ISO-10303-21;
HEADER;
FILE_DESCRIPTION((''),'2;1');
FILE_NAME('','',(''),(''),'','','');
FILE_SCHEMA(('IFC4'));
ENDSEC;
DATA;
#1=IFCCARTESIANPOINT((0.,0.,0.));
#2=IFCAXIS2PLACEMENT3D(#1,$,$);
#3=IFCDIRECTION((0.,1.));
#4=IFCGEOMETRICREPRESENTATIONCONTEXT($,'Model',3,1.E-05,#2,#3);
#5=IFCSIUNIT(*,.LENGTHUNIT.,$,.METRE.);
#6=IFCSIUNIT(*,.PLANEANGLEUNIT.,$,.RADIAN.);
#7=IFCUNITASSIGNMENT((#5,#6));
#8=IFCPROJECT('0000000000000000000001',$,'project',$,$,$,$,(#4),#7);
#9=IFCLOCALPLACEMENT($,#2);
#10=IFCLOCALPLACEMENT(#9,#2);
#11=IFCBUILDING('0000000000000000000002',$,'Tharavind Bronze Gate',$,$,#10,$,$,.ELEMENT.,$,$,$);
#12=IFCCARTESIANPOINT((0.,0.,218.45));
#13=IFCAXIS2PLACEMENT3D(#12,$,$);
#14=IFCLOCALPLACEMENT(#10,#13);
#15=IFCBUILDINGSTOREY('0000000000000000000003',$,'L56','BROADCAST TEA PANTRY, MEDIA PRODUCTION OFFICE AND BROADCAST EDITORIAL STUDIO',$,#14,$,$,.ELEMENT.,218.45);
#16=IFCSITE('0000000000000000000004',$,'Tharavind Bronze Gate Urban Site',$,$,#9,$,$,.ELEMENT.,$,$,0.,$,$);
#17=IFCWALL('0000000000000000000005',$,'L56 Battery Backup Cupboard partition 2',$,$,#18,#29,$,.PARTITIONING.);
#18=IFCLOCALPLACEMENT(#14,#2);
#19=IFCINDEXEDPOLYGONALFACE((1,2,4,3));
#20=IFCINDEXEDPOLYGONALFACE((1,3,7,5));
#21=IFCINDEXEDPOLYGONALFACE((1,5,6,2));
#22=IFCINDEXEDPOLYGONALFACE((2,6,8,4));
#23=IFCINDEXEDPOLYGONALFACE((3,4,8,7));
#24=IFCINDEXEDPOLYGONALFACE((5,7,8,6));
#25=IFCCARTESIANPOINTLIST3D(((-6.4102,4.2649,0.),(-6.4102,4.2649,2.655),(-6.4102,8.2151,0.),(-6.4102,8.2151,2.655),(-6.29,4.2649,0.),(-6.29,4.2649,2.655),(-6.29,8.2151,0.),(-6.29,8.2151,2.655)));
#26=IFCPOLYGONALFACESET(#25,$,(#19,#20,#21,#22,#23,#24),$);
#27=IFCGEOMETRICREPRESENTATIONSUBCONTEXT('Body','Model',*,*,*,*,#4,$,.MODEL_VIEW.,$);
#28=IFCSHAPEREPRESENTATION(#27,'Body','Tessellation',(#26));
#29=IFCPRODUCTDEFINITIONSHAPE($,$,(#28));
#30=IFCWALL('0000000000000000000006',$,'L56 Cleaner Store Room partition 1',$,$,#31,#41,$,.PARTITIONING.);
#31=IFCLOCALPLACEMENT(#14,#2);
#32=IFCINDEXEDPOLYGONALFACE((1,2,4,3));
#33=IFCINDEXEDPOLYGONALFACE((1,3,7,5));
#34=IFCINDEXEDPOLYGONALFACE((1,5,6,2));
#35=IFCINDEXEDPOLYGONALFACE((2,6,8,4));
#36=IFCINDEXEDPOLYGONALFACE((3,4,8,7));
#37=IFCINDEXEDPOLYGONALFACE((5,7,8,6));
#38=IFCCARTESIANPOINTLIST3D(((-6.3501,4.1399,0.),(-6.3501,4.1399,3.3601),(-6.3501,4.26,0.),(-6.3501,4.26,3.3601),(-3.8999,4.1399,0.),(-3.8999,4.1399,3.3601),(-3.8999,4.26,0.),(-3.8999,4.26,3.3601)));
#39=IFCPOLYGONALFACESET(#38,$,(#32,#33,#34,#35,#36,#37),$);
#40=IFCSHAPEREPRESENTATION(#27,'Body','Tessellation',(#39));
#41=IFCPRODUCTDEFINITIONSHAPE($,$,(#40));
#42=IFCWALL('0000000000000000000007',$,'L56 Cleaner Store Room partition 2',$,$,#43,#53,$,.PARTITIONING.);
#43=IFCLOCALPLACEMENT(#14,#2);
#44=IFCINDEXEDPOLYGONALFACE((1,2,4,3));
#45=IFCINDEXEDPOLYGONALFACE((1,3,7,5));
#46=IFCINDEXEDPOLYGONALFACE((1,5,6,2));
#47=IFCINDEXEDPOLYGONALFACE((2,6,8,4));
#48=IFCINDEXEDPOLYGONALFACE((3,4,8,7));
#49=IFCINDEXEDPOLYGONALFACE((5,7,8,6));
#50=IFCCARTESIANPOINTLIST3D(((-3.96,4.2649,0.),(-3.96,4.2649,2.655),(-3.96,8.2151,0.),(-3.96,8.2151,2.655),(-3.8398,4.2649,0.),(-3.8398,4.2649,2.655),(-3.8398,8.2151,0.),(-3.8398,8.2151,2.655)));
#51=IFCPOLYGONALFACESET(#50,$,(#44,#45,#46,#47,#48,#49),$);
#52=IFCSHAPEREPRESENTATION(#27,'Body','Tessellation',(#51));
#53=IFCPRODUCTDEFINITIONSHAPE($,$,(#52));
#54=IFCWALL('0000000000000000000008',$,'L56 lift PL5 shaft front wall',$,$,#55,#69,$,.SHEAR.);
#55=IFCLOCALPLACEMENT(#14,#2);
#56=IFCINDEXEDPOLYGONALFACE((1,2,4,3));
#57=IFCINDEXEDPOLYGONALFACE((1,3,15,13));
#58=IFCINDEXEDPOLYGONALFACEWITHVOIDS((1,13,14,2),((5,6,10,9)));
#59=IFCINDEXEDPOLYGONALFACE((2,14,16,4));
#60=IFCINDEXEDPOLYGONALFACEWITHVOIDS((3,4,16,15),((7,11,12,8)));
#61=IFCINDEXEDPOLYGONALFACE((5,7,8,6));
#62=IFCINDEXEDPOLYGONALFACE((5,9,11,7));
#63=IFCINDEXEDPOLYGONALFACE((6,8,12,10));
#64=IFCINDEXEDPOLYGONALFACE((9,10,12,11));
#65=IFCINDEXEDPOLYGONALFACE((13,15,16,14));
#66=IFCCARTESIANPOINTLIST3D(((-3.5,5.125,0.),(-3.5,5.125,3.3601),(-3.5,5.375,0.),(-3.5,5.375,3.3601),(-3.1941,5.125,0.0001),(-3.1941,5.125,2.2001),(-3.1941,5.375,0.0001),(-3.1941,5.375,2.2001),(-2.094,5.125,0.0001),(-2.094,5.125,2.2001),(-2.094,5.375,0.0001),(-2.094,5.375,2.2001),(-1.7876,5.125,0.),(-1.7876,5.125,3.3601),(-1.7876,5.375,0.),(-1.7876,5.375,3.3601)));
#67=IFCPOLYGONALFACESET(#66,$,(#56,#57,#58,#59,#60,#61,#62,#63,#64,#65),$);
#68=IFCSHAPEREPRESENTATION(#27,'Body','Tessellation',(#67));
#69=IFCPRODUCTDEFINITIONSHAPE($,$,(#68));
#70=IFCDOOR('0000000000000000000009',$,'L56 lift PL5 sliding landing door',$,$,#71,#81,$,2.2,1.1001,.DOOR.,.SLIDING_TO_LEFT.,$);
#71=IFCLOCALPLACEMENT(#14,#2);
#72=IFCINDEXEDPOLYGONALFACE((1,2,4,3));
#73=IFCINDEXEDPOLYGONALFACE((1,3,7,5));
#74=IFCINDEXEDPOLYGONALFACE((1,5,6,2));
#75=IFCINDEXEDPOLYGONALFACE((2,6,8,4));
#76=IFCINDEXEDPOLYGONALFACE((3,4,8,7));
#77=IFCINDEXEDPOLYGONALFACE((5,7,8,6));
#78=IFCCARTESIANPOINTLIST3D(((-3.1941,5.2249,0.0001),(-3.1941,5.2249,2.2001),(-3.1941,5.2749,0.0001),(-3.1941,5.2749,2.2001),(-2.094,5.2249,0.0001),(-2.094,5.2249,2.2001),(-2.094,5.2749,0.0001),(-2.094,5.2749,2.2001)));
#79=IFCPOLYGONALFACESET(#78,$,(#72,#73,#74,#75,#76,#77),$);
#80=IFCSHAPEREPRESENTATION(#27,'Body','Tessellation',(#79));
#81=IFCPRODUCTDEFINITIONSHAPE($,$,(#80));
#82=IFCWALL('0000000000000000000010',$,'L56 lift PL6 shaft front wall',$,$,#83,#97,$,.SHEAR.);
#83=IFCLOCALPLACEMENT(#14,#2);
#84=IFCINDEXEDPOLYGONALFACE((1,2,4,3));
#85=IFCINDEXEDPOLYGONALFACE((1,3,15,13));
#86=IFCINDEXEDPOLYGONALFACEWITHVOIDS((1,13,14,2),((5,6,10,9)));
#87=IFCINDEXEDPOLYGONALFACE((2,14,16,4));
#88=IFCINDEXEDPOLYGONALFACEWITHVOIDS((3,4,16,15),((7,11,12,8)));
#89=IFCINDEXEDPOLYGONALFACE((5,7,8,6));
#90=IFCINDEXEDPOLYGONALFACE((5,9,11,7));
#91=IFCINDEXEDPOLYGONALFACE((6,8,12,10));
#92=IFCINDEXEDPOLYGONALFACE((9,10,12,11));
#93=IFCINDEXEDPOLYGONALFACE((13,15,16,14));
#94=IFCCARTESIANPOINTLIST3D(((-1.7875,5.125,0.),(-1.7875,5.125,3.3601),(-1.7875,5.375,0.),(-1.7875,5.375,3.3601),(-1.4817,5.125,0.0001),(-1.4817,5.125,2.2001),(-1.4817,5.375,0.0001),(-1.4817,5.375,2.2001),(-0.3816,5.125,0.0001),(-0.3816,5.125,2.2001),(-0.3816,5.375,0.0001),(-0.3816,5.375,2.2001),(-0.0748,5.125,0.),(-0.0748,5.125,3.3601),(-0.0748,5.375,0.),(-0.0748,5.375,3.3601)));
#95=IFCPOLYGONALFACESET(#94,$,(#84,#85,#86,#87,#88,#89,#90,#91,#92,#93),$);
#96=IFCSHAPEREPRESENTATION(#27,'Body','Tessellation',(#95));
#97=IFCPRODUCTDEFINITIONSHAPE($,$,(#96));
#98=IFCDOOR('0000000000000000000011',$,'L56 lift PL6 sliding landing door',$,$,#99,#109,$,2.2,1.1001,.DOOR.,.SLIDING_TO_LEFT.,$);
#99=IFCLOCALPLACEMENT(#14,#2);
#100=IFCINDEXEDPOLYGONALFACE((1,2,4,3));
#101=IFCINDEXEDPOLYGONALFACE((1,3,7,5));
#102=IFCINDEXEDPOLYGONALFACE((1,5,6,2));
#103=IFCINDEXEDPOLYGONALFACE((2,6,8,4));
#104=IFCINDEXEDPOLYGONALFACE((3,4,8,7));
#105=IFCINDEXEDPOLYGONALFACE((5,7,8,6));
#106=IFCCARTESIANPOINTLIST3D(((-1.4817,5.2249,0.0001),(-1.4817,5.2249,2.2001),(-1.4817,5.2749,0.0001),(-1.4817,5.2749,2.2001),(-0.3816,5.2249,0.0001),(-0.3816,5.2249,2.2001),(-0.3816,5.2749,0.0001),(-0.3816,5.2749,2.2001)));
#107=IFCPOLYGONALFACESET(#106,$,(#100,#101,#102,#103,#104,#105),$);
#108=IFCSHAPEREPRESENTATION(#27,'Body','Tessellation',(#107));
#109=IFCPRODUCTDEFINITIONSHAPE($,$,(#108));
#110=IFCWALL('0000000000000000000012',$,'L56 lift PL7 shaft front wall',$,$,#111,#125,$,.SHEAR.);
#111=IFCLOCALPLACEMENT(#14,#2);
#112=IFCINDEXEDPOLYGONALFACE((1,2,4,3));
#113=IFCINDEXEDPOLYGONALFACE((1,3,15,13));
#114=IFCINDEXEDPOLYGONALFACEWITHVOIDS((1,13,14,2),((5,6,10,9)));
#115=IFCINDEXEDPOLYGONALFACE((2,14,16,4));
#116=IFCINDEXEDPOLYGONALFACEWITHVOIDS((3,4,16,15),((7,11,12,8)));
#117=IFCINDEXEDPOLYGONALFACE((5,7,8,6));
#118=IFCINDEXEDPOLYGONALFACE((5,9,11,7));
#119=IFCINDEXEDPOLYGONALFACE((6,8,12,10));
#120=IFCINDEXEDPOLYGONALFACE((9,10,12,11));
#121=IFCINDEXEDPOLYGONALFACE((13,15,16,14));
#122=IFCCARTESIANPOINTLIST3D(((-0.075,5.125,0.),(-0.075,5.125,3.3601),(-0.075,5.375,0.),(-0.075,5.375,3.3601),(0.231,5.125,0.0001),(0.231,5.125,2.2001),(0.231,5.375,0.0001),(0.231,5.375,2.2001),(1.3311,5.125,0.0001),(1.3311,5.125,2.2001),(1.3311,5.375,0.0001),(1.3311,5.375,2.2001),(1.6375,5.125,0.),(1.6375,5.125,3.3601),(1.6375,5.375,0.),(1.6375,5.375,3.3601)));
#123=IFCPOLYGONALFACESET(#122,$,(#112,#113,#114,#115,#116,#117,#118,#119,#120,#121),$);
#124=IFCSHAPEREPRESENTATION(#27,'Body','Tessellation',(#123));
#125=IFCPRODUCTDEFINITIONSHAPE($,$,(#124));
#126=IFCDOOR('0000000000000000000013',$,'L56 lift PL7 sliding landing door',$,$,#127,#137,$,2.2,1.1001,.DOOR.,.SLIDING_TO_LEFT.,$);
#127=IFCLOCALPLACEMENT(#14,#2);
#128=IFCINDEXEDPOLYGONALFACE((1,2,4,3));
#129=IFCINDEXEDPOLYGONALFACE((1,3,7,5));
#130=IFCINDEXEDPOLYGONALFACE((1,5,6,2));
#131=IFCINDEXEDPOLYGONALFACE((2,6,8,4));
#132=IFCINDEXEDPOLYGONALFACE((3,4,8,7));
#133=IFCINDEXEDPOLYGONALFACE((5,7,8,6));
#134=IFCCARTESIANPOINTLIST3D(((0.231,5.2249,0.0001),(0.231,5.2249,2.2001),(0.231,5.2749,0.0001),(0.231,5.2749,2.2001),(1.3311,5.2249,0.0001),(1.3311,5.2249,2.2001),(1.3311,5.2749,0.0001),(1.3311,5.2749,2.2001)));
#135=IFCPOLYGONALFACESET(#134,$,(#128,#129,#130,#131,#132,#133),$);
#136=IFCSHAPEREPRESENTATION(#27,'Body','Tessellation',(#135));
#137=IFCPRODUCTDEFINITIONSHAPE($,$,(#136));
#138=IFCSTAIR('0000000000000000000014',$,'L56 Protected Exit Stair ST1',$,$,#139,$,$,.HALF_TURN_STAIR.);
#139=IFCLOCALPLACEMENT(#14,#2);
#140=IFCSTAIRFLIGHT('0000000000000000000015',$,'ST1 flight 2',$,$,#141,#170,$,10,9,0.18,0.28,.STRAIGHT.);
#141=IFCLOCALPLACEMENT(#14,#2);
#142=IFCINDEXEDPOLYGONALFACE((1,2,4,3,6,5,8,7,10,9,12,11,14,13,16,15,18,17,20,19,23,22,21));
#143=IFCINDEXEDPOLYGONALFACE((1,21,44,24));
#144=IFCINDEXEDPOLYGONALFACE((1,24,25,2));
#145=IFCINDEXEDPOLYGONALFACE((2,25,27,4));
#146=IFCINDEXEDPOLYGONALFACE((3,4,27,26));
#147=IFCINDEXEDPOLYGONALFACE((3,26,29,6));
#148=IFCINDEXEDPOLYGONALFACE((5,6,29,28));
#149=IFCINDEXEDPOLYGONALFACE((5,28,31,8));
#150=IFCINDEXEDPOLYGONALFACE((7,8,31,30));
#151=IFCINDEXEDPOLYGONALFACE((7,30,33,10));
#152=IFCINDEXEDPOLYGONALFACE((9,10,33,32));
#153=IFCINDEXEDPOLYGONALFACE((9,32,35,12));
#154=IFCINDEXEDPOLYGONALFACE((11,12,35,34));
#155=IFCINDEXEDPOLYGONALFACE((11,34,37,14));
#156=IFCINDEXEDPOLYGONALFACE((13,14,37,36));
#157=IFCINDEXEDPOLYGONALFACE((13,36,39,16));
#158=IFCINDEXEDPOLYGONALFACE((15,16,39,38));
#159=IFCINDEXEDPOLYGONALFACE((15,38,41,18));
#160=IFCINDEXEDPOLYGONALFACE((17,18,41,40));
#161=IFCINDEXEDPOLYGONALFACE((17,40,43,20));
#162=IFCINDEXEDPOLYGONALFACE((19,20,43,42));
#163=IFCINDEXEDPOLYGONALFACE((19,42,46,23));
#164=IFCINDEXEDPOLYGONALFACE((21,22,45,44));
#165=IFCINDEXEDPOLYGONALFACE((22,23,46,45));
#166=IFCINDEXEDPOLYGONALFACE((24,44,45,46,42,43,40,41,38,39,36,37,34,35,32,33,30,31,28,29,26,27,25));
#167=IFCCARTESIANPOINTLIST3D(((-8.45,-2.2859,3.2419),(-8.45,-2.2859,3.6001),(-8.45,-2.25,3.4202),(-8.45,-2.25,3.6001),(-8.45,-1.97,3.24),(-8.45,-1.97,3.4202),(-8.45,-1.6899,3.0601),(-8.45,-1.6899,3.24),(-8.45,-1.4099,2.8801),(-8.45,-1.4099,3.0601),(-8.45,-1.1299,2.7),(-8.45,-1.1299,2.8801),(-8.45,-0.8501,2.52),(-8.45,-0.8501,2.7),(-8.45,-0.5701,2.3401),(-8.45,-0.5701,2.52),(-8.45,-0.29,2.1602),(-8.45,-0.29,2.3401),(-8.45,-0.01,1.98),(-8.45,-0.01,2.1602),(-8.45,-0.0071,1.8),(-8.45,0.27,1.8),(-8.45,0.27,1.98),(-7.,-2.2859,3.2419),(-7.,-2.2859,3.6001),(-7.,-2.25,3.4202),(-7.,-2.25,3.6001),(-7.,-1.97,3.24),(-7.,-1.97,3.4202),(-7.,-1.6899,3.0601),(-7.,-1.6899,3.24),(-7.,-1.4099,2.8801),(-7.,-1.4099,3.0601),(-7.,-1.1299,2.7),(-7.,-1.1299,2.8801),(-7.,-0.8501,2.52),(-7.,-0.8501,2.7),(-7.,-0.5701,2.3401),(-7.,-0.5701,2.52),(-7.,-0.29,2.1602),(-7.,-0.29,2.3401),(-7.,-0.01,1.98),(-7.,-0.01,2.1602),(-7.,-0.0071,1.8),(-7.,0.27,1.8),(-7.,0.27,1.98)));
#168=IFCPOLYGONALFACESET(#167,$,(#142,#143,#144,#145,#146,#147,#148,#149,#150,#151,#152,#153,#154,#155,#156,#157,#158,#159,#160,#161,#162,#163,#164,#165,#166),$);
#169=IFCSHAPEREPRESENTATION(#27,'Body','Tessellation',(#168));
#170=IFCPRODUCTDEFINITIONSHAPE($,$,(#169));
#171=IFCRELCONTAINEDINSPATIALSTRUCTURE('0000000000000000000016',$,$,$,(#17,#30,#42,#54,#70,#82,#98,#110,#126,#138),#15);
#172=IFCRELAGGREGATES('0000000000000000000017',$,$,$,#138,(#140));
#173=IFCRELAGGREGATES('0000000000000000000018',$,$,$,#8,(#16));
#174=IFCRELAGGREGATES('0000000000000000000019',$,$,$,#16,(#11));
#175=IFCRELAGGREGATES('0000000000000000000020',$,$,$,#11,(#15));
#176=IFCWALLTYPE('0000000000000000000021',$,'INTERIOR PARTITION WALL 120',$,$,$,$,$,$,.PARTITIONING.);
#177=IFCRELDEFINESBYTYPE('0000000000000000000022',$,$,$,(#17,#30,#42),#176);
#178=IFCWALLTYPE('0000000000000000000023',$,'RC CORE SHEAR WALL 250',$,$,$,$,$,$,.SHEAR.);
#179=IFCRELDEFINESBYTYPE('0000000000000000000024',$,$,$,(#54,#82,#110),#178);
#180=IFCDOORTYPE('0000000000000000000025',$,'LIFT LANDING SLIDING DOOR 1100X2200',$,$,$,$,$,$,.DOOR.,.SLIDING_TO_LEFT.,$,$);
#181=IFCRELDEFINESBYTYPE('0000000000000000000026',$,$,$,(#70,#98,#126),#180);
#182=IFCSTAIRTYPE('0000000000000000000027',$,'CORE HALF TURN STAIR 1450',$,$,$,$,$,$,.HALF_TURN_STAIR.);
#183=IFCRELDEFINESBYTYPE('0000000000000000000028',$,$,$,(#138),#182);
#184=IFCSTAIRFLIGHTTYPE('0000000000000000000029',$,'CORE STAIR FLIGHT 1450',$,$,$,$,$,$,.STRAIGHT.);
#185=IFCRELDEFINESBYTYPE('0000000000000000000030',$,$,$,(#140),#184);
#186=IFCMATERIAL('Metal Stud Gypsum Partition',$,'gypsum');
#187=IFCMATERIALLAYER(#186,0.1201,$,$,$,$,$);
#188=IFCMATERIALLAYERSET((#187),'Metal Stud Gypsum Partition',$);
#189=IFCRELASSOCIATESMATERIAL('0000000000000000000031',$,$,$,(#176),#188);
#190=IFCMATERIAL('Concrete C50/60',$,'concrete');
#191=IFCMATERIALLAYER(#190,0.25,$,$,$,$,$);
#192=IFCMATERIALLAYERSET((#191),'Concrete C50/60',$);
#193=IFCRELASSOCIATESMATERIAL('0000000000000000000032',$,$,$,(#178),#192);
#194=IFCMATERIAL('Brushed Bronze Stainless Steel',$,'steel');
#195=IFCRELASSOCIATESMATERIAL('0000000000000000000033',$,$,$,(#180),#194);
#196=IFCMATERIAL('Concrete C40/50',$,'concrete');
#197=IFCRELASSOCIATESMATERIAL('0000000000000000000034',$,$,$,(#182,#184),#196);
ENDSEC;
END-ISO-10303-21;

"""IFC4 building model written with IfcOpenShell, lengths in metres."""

from ifc_helpers import new_model, si_unit, direction, frame, frame_2d, origin, place, context, subcontext, project, spatial, polyline, rectangle, outline, extrude, material, layer, layer_set, type_object, element, fill, aggregate, save


model = new_model("IFC4")

# Units and contexts
model_context = context("Model", 3, precision=1e-05, world=origin(), true_north=direction((0.0, 1.0)))
body_context = subcontext(model_context, "Body", "Model", "MODEL_VIEW")
ifc_project = project(units=[si_unit("LENGTHUNIT", "METRE"), si_unit("PLANEANGLEUNIT", "RADIAN")], contexts=[model_context])

# Site, building, storey
site_placement = place(None, origin())
site = spatial("IfcSite", under=ifc_project, at=site_placement, Name="Tharavind Bronze Gate Urban Site", CompositionType="ELEMENT", RefElevation=0.0)
building_placement = place(site_placement, origin())
building = spatial("IfcBuilding", under=site, at=building_placement, Name="Tharavind Bronze Gate", CompositionType="ELEMENT")
storey_placement = place(building_placement, frame((0.0, 0.0, 218.45)))
storey = spatial("IfcBuildingStorey", under=building, at=storey_placement, Name="L56", Description="BROADCAST TEA PANTRY, MEDIA PRODUCTION OFFICE AND BROADCAST EDITORIAL STUDIO", CompositionType="ELEMENT", Elevation=218.45)

# Shared definitions
ifc_material_1 = material(Name="Metal Stud Gypsum Partition", Category="gypsum")
ifc_layer_1 = layer(ifc_material_1, 0.1201)
ifc_layer_set_1 = layer_set([ifc_layer_1], Name="Metal Stud Gypsum Partition")
wall_type_1 = type_object("IfcWallType", Name="INTERIOR PARTITION WALL 120", PredefinedType="PARTITIONING", material=ifc_layer_set_1)

# Walls
wall_1_placement = place(storey_placement, frame((-6.3501, 4.2649, 0.0), z_axis=(0.0, 0.0, 1.0), x_axis=(0.0, 1.0, 0.0)))
element("IfcWall", 1, at=wall_1_placement, inside=storey, type_object=wall_type_1, Name="L56 Battery Backup Cupboard partition 2", PredefinedType="PARTITIONING", context=body_context, shape_type="SweptSolid", body=[
    extrude(rectangle(XDim=3.9502, YDim=0.1201, at=frame_2d((1.9751, 0.0))), origin(), (0.0, 0.0, 1.0), 2.655),
])
wall_2_placement = place(storey_placement, frame((-6.3501, 4.2, 0.0), z_axis=(0.0, 0.0, 1.0), x_axis=(1.0, 0.0, 0.0)))
element("IfcWall", 2, at=wall_2_placement, inside=storey, type_object=wall_type_1, Name="L56 Cleaner Store Room partition 1", PredefinedType="PARTITIONING", context=body_context, shape_type="SweptSolid", body=[
    extrude(rectangle(XDim=2.4502, YDim=0.1201, at=frame_2d((1.2251, 0.0))), origin(), (0.0, 0.0, 1.0), 3.3601),
])
wall_3_placement = place(storey_placement, frame((-3.8999, 4.2649, 0.0), z_axis=(0.0, 0.0, 1.0), x_axis=(0.0, 1.0, 0.0)))
element("IfcWall", 3, at=wall_3_placement, inside=storey, type_object=wall_type_1, Name="L56 Cleaner Store Room partition 2", PredefinedType="PARTITIONING", context=body_context, shape_type="SweptSolid", body=[
    extrude(rectangle(XDim=3.9502, YDim=0.1201, at=frame_2d((1.9751, 0.0))), origin(), (0.0, 0.0, 1.0), 2.655),
])

# Walls, openings, doors
ifc_material_2 = material(Name="Concrete C50/60", Category="concrete")
ifc_layer_2 = layer(ifc_material_2, 0.25)
ifc_layer_set_2 = layer_set([ifc_layer_2], Name="Concrete C50/60")
wall_type_2 = type_object("IfcWallType", Name="RC CORE SHEAR WALL 250", PredefinedType="SHEAR", material=ifc_layer_set_2)
wall_4_placement = place(storey_placement, frame((-3.5, 5.25, 0.0), z_axis=(0.0, 0.0, 1.0), x_axis=(1.0, 0.0, 0.0)))
wall_4 = element("IfcWall", 4, at=wall_4_placement, inside=storey, type_object=wall_type_2, Name="L56 lift PL5 shaft front wall", PredefinedType="SHEAR", context=body_context, shape_type="SweptSolid", body=[
    extrude(rectangle(XDim=1.7124, YDim=0.25, at=frame_2d((0.8562, 0.0))), origin(), (0.0, 0.0, 1.0), 3.3601),
])
opening_1_placement = place(wall_4_placement, frame((0.3059, 0.0, 0.0)))
opening_1 = element("IfcOpeningElement", 5, at=opening_1_placement, cuts=wall_4, PredefinedType="OPENING", context=body_context, shape_type="SweptSolid", body=[
    extrude(rectangle(XDim=1.1001, YDim=2.2, at=frame_2d((0.55, 1.1001))), frame((0.0, 0.135, 0.0), z_axis=(0.0, -1.0, 0.0), x_axis=(1.0, 0.0, 0.0)), (0.0, 0.0, 1.0), 0.27),
])
ifc_material_3 = material(Name="Brushed Bronze Stainless Steel", Category="steel")
door_type_1 = type_object("IfcDoorType", Name="LIFT LANDING SLIDING DOOR 1100X2200", OperationType="SLIDING_TO_LEFT", PredefinedType="DOOR", material=ifc_material_3)
door_1_placement = place(opening_1_placement, origin())
door_1 = element("IfcDoor", 6, at=door_1_placement, inside=storey, type_object=door_type_1, Name="L56 lift PL5 sliding landing door", OperationType="SLIDING_TO_LEFT", OverallHeight=2.2, OverallWidth=1.1001, PredefinedType="DOOR", context=body_context, shape_type="SweptSolid", body=[
    extrude(rectangle(XDim=1.1001, YDim=2.2, at=frame_2d((0.55, 1.1001))), frame((0.0, 0.0249, 0.0), z_axis=(0.0, -1.0, 0.0), x_axis=(1.0, 0.0, 0.0)), (0.0, 0.0, 1.0), 0.05),
])
fill(opening_1, door_1)
wall_5_placement = place(storey_placement, frame((-1.7876, 5.25, 0.0), z_axis=(0.0, 0.0, 1.0), x_axis=(1.0, 0.0, 0.0)))
wall_5 = element("IfcWall", 7, at=wall_5_placement, inside=storey, type_object=wall_type_2, Name="L56 lift PL6 shaft front wall", PredefinedType="SHEAR", context=body_context, shape_type="SweptSolid", body=[
    extrude(rectangle(XDim=1.7126, YDim=0.25, at=frame_2d((0.8564, 0.0))), origin(), (0.0, 0.0, 1.0), 3.3601),
])
opening_2_placement = place(wall_5_placement, frame((0.3059, 0.0, 0.0)))
opening_2 = element("IfcOpeningElement", 8, at=opening_2_placement, cuts=wall_5, PredefinedType="OPENING", context=body_context, shape_type="SweptSolid", body=[
    extrude(rectangle(XDim=1.1001, YDim=2.2, at=frame_2d((0.55, 1.1001))), frame((0.0, 0.135, 0.0), z_axis=(0.0, -1.0, 0.0), x_axis=(1.0, 0.0, 0.0)), (0.0, 0.0, 1.0), 0.27),
])
door_2_placement = place(opening_2_placement, origin())
door_2 = element("IfcDoor", 9, at=door_2_placement, inside=storey, type_object=door_type_1, Name="L56 lift PL6 sliding landing door", OperationType="SLIDING_TO_LEFT", OverallHeight=2.2, OverallWidth=1.1001, PredefinedType="DOOR", context=body_context, shape_type="SweptSolid", body=[
    extrude(rectangle(XDim=1.1001, YDim=2.2, at=frame_2d((0.55, 1.1001))), frame((0.0, 0.0249, 0.0), z_axis=(0.0, -1.0, 0.0), x_axis=(1.0, 0.0, 0.0)), (0.0, 0.0, 1.0), 0.05),
])
fill(opening_2, door_2)
wall_6_placement = place(storey_placement, frame((-0.075, 5.25, 0.0), z_axis=(0.0, 0.0, 1.0), x_axis=(1.0, 0.0, 0.0)))
wall_6 = element("IfcWall", 10, at=wall_6_placement, inside=storey, type_object=wall_type_2, Name="L56 lift PL7 shaft front wall", PredefinedType="SHEAR", context=body_context, shape_type="SweptSolid", body=[
    extrude(rectangle(XDim=1.7124, YDim=0.25, at=frame_2d((0.8562, 0.0))), origin(), (0.0, 0.0, 1.0), 3.3601),
])
opening_3_placement = place(wall_6_placement, frame((0.3059, 0.0, 0.0)))
opening_3 = element("IfcOpeningElement", 11, at=opening_3_placement, cuts=wall_6, PredefinedType="OPENING", context=body_context, shape_type="SweptSolid", body=[
    extrude(rectangle(XDim=1.1001, YDim=2.2, at=frame_2d((0.55, 1.1001))), frame((0.0, 0.135, 0.0), z_axis=(0.0, -1.0, 0.0), x_axis=(1.0, 0.0, 0.0)), (0.0, 0.0, 1.0), 0.27),
])
door_3_placement = place(opening_3_placement, origin())
door_3 = element("IfcDoor", 12, at=door_3_placement, inside=storey, type_object=door_type_1, Name="L56 lift PL7 sliding landing door", OperationType="SLIDING_TO_LEFT", OverallHeight=2.2, OverallWidth=1.1001, PredefinedType="DOOR", context=body_context, shape_type="SweptSolid", body=[
    extrude(rectangle(XDim=1.1001, YDim=2.2, at=frame_2d((0.55, 1.1001))), frame((0.0, 0.0249, 0.0), z_axis=(0.0, -1.0, 0.0), x_axis=(1.0, 0.0, 0.0)), (0.0, 0.0, 1.0), 0.05),
])
fill(opening_3, door_3)

# Stair, stair flight
ifc_material_4 = material(Name="Concrete C40/50", Category="concrete")
stair_type = type_object("IfcStairType", Name="CORE HALF TURN STAIR 1450", PredefinedType="HALF_TURN_STAIR", material=ifc_material_4)
stair_placement = place(storey_placement, origin())
stair = element("IfcStair", 13, at=stair_placement, inside=storey, type_object=stair_type, Name="L56 Protected Exit Stair ST1", PredefinedType="HALF_TURN_STAIR")
stair_flight_type = type_object("IfcStairFlightType", Name="CORE STAIR FLIGHT 1450", PredefinedType="STRAIGHT", material=ifc_material_4)
stair_flight_placement = place(storey_placement, frame((-7.7251, 0.27, 1.8), z_axis=(0.0, 0.0, 1.0), x_axis=(0.0, -1.0, 0.0)))
stair_flight = element("IfcStairFlight", 14, at=stair_flight_placement, type_object=stair_flight_type, Name="ST1 flight 2", NumberOfRisers=10, NumberOfTreads=9, PredefinedType="STRAIGHT", RiserHeight=0.18, TreadLength=0.28, context=body_context, shape_type="SweptSolid", body=[
    extrude(outline(polyline([(0.0, 0.0), (0.0, 0.1799), (0.28, 0.1799), (0.28, 0.3601), (0.5601, 0.3601), (0.5601, 0.54), (0.8401, 0.54), (0.8401, 0.72), (1.1201, 0.72), (1.1201, 0.8999), (1.3999, 0.8999), (1.3999, 1.0801), (1.6799, 1.0801), (1.6799, 1.26), (1.96, 1.26), (1.96, 1.4399), (2.24, 1.4399), (2.24, 1.6201), (2.52, 1.6201), (2.52, 1.8), (2.5559, 1.8), (2.5559, 1.4419), (0.2771, 0.0), (0.0, 0.0)])), frame((0.0, 0.7251, 0.0), z_axis=(0.0, -1.0, 0.0), x_axis=(1.0, 0.0, 0.0)), (0.0, 0.0, 1.0), 1.45),
])
aggregate(stair, [stair_flight])

save(model, "model.ifc")
